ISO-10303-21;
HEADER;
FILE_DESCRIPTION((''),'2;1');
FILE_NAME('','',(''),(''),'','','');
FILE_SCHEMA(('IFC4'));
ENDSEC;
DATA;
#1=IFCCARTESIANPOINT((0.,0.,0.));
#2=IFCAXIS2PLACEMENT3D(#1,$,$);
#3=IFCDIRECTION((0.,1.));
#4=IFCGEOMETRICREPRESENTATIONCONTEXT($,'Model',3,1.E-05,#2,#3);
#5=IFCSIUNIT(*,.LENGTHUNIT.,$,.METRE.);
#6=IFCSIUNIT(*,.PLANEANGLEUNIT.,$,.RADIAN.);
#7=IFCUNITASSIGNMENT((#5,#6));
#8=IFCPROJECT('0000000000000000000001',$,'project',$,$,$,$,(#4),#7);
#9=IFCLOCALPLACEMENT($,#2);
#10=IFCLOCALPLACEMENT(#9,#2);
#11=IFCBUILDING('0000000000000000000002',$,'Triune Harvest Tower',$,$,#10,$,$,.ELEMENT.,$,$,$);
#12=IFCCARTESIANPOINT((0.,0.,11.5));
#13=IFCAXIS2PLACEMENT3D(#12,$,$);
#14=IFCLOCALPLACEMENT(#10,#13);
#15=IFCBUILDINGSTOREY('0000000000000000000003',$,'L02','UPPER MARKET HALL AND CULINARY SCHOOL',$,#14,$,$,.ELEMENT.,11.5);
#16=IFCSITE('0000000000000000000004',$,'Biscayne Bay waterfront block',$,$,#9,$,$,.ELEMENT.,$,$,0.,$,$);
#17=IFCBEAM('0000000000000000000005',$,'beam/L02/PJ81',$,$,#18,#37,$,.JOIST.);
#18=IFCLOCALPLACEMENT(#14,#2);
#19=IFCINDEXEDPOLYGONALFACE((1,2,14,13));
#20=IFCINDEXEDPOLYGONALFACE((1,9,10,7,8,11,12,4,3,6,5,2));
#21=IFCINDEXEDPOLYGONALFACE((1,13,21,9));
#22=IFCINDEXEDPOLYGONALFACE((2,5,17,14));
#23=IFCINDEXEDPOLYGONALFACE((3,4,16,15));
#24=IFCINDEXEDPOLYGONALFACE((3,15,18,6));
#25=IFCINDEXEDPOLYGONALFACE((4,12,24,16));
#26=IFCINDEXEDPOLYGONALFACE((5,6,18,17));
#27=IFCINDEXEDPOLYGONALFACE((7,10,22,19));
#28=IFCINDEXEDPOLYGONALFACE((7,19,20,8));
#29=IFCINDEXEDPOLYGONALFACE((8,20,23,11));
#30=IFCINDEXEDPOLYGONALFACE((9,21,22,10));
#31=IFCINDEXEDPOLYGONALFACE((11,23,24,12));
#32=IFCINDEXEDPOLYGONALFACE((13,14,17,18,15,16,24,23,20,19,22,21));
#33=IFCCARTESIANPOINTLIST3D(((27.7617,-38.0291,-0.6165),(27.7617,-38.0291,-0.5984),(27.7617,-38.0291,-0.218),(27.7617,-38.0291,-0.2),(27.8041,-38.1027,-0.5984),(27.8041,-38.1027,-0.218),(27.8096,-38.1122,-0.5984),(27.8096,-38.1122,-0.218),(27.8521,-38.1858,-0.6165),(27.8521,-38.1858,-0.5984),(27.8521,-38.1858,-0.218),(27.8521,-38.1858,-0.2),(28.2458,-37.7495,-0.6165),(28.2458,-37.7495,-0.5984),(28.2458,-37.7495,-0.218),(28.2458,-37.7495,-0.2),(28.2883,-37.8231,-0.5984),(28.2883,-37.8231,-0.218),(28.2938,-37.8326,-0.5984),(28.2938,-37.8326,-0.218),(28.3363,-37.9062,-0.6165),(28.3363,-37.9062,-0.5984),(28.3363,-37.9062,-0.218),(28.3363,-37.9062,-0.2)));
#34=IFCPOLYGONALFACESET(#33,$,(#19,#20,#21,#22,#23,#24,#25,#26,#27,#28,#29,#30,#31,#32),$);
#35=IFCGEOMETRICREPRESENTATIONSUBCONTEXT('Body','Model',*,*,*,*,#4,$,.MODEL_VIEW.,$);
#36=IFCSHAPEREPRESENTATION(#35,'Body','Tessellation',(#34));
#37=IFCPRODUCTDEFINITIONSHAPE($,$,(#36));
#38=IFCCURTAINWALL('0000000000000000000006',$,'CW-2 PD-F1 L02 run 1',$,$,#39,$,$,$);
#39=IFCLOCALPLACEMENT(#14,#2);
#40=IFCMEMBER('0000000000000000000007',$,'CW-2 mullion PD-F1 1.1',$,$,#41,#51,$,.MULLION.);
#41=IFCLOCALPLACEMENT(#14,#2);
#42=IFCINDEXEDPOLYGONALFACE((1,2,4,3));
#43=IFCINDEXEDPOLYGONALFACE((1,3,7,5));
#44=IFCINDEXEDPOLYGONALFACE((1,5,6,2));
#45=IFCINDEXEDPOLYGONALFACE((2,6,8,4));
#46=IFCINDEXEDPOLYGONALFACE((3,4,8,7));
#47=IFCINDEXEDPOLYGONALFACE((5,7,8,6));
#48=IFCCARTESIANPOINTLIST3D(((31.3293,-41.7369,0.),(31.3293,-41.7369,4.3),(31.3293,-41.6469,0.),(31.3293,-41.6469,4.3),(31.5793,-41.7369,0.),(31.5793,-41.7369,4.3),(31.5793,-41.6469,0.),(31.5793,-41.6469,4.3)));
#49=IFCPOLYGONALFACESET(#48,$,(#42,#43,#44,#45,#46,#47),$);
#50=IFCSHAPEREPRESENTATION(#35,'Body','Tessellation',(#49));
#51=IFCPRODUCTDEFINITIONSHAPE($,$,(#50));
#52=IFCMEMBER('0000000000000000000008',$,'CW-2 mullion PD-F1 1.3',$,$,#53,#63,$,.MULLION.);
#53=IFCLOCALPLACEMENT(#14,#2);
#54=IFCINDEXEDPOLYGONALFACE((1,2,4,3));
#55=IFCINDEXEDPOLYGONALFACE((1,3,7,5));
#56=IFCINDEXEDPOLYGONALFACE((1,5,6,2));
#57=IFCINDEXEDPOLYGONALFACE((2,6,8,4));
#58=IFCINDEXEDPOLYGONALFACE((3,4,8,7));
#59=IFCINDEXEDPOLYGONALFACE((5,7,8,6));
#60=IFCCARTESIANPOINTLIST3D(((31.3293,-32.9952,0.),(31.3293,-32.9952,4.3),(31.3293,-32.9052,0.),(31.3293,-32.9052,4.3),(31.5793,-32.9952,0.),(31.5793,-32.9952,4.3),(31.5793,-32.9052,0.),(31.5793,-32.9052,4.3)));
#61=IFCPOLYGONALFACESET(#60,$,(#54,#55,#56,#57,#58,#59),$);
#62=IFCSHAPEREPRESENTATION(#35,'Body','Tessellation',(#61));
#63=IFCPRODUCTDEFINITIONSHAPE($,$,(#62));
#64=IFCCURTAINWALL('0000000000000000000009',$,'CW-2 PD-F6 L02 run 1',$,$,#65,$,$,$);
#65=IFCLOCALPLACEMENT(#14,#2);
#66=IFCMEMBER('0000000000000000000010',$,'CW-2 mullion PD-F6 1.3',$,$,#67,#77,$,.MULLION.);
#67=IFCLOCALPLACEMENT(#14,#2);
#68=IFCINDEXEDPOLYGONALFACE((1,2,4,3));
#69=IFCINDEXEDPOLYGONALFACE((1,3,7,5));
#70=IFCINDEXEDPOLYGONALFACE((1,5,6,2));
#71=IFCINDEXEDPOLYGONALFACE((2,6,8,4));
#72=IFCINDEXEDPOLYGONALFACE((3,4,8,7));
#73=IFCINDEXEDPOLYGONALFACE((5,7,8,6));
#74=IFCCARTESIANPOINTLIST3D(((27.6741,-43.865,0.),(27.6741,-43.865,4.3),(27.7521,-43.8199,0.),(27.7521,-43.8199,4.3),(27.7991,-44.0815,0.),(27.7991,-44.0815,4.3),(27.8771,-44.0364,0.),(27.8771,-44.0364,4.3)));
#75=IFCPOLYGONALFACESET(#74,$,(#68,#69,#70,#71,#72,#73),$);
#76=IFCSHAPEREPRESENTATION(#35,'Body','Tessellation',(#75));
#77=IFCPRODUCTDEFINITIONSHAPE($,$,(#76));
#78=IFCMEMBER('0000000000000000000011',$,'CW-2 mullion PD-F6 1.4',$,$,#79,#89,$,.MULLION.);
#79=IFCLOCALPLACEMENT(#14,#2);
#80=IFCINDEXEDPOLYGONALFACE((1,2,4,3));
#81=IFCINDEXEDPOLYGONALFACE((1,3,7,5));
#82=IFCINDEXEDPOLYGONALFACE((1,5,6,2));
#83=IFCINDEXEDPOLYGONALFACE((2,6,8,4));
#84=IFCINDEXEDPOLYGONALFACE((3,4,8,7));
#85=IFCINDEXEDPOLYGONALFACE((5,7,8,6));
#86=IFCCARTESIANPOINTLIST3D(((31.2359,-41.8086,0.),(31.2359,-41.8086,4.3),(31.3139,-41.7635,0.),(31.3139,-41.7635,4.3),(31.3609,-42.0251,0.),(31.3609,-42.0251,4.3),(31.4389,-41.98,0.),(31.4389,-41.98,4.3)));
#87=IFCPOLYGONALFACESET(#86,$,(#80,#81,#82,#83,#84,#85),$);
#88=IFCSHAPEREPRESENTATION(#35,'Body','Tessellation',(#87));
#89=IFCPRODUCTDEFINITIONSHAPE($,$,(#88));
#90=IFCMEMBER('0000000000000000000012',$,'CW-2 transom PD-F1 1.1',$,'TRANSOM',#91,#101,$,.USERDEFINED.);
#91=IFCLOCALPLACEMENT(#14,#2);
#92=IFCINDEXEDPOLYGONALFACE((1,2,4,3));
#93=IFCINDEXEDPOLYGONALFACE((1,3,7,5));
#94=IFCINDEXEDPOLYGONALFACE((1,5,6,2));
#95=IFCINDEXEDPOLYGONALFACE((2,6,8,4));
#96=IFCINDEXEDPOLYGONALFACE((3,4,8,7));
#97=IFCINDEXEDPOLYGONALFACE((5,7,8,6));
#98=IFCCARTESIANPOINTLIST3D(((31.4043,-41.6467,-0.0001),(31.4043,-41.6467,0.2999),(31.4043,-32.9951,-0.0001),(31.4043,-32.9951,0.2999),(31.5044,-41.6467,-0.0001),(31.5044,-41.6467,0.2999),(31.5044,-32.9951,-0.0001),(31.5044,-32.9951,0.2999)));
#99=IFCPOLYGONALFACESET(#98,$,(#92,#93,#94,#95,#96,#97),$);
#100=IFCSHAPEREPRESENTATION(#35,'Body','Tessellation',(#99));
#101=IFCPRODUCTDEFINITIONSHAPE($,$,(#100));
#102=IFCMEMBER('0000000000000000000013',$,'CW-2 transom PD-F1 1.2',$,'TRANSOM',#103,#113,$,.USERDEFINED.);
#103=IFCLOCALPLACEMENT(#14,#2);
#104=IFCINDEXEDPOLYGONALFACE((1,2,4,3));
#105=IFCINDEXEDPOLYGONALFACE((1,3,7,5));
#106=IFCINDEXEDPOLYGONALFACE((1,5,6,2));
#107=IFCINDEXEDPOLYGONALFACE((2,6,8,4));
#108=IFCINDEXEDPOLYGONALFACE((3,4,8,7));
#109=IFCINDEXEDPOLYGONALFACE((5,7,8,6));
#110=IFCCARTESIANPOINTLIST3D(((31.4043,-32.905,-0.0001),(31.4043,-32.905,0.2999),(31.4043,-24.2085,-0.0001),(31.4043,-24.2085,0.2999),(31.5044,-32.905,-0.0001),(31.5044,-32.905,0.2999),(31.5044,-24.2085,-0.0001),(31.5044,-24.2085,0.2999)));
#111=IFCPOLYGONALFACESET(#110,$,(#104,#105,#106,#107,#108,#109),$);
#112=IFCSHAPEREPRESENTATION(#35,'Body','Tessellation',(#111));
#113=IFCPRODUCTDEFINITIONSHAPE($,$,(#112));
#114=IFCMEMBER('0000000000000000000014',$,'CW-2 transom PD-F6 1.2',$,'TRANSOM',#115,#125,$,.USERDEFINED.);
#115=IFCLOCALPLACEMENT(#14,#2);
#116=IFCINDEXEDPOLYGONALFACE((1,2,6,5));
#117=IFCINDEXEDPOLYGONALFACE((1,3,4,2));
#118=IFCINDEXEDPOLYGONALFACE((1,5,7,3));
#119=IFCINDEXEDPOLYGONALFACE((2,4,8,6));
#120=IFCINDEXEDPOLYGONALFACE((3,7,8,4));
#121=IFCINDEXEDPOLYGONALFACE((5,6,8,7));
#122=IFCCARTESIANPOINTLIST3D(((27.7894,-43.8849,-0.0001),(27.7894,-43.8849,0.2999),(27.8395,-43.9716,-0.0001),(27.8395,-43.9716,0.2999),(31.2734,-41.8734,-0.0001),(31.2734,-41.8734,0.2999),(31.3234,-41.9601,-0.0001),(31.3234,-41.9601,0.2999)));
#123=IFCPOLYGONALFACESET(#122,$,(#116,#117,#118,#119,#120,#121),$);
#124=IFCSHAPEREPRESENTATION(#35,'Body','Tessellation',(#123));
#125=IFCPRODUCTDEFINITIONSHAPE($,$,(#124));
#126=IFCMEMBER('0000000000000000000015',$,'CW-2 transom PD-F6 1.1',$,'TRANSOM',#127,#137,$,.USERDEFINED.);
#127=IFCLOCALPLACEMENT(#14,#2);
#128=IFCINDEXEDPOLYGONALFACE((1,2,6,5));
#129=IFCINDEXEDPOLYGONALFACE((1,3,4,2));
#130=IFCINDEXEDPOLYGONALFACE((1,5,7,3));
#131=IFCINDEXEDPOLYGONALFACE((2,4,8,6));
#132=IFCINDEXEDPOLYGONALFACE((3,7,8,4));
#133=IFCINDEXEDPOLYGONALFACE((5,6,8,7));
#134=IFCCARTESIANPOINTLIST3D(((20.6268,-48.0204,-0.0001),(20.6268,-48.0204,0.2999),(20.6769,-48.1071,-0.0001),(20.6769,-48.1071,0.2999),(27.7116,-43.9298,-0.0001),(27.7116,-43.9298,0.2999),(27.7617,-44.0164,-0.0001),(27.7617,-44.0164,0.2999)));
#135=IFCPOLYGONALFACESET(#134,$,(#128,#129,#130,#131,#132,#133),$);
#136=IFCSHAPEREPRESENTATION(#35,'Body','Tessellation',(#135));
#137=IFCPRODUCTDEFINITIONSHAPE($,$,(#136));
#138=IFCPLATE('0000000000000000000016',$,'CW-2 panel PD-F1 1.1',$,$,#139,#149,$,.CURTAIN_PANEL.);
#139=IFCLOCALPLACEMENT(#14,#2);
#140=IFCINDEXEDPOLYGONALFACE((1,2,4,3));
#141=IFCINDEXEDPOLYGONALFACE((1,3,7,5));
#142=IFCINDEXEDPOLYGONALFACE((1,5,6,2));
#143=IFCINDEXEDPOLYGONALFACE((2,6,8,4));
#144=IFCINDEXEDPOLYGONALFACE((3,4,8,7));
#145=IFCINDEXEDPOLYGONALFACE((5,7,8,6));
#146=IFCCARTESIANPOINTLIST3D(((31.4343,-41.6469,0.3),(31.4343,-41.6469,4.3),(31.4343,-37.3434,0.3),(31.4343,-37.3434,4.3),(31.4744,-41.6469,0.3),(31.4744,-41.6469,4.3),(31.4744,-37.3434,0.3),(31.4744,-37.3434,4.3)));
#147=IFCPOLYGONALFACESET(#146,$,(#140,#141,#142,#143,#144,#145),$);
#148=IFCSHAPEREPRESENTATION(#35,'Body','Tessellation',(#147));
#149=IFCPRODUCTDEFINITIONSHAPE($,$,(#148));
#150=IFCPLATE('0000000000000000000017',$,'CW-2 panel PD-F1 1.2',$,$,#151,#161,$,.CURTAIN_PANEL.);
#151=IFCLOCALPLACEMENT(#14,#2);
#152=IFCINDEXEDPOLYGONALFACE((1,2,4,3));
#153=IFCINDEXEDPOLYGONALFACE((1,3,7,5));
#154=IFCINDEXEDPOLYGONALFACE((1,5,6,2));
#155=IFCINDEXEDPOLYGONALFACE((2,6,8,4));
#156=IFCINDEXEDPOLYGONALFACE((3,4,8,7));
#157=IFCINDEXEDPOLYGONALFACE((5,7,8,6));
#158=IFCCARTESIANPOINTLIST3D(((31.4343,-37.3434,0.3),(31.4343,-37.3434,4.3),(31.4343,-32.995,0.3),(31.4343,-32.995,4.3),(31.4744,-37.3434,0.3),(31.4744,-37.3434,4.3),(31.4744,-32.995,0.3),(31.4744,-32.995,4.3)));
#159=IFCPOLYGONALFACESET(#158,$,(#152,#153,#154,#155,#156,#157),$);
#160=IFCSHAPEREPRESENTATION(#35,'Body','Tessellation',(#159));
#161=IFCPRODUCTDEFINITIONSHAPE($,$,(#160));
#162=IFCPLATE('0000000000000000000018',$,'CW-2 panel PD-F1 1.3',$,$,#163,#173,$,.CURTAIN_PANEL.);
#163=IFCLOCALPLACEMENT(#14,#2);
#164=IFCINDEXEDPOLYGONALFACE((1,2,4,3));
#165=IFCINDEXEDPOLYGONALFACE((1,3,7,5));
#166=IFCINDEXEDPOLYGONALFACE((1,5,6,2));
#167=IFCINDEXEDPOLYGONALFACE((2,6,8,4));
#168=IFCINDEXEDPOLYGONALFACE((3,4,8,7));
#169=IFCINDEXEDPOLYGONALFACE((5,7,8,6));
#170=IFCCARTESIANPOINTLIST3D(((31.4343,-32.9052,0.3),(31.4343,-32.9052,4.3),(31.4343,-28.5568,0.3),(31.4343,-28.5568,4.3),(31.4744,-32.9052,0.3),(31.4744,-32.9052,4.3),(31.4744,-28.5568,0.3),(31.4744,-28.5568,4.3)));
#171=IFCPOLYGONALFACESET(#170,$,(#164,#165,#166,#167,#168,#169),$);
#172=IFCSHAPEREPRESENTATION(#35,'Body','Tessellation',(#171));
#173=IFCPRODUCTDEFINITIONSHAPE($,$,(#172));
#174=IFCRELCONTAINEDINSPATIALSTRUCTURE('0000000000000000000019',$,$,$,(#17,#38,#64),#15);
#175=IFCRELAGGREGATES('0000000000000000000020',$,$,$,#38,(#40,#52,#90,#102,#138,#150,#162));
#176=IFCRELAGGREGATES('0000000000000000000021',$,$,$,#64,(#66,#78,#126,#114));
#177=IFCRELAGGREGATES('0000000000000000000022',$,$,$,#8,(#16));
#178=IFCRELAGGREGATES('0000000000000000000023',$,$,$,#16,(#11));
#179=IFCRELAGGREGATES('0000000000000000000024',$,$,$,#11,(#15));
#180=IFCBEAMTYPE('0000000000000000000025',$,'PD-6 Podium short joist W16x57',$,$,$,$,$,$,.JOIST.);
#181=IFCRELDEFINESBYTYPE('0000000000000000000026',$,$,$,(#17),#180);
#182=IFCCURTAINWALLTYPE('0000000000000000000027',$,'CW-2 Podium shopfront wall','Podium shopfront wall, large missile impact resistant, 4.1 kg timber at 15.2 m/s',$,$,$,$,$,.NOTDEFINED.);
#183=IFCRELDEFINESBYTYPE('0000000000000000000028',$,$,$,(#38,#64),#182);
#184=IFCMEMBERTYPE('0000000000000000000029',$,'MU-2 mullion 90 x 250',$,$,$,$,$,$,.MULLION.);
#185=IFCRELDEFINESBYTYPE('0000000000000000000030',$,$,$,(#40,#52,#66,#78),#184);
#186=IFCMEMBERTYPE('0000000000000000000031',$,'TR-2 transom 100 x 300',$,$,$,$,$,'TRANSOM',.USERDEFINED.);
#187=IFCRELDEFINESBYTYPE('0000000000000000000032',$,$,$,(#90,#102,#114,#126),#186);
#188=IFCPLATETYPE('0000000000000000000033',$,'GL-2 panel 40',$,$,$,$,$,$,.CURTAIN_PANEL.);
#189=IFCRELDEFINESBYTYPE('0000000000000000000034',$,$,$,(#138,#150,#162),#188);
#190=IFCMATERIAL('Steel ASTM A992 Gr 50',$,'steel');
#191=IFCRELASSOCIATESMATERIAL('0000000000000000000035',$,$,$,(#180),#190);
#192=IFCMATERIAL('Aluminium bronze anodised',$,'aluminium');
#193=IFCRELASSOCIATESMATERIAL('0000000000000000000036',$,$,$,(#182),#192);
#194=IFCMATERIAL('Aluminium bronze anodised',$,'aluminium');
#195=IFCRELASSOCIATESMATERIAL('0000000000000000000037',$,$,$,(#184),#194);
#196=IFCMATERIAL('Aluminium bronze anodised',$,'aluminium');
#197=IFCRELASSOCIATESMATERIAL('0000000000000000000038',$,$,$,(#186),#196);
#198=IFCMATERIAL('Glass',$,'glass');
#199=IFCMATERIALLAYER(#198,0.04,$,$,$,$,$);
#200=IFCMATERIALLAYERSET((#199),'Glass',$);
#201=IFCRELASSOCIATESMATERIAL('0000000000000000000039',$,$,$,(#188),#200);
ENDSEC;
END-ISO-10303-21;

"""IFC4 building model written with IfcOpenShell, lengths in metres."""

from ifc_helpers import new_model, si_unit, direction, frame, origin, origin_2d, place, context, subcontext, project, spatial, rectangle, i_section, extrude, source, transform, mapped, material, layer, layer_set, material_profile, profile_set, type_object, element, aggregate, save


model = new_model("IFC4")

# Units and contexts
model_context = context("Model", 3, precision=1e-05, world=origin(), true_north=direction((0.0, 1.0)))
body_context = subcontext(model_context, "Body", "Model", "MODEL_VIEW")
ifc_project = project(units=[si_unit("LENGTHUNIT", "METRE"), si_unit("PLANEANGLEUNIT", "RADIAN")], contexts=[model_context])

# Site, building, storey
site_placement = place(None, origin())
site = spatial("IfcSite", under=ifc_project, at=site_placement, Name="Biscayne Bay waterfront block", CompositionType="ELEMENT", RefElevation=0.0)
building_placement = place(site_placement, origin())
building = spatial("IfcBuilding", under=site, at=building_placement, Name="Triune Harvest Tower", CompositionType="ELEMENT")
storey_placement = place(building_placement, frame((0.0, 0.0, 11.5)))
storey = spatial("IfcBuildingStorey", under=building, at=storey_placement, Name="L02", Description="UPPER MARKET HALL AND CULINARY SCHOOL", CompositionType="ELEMENT", Elevation=11.5)

# Beam
ifc_material_1 = material(Name="Steel ASTM A992 Gr 50", Category="steel")
ifc_material_profile_1 = material_profile(ifc_material_1, i_section(OverallWidth=0.1809, OverallDepth=0.4165, WebThickness=0.011, FlangeThickness=0.0181, at=origin_2d()), Name="W16x57")
ifc_profile_set_1 = profile_set([ifc_material_profile_1], Name="Steel ASTM A992 Gr 50")
beam_type_1 = type_object("IfcBeamType", Name="PD-6 Podium short joist W16x57", PredefinedType="JOIST", material=ifc_profile_set_1)
shared_shape_1 = source(origin(), body_context, "Body", "SweptSolid", [
    extrude(i_section(OverallWidth=0.1809, OverallDepth=0.4165, WebThickness=0.011, FlangeThickness=0.0181, at=origin_2d()), origin(), (0.0, 0.0, 1.0), 0.5591),
])
beam_1_placement = place(storey_placement, frame((27.8069, -38.1074, -0.4082), z_axis=(0.866004, 0.500037, 0.0), x_axis=(-0.500037, 0.866004, 0.0)))
element("IfcBeam", 1, at=beam_1_placement, inside=storey, type_object=beam_type_1, Name="beam/L02/PJ81", PredefinedType="JOIST", context=body_context, shape_type="MappedRepresentation", body=[
    mapped(shared_shape_1, transform((0.0, 0.0, 0.0), scale=1.0)),
])

# Curtain walls, members
ifc_material_2 = material(Name="Aluminium bronze anodised", Category="aluminium")
curtain_wall_type = type_object("IfcCurtainWallType", Name="CW-2 Podium shopfront wall", Description="Podium shopfront wall, large missile impact resistant, 4.1 kg timber at 15.2 m/s", PredefinedType="NOTDEFINED", material=ifc_material_2)
curtain_wall_1_placement = place(storey_placement, origin())
curtain_wall_1 = element("IfcCurtainWall", 2, at=curtain_wall_1_placement, inside=storey, type_object=curtain_wall_type, Name="CW-2 PD-F1 L02 run 1")
ifc_material_3 = material(Name="Aluminium bronze anodised", Category="aluminium")
ifc_material_profile_2 = material_profile(ifc_material_3, rectangle(XDim=0.25, YDim=0.0901, at=origin_2d()), Name="MU-2 mullion 90 x 250")
ifc_profile_set_2 = profile_set([ifc_material_profile_2], Name="Aluminium bronze anodised")
member_type_1 = type_object("IfcMemberType", Name="MU-2 mullion 90 x 250", PredefinedType="MULLION", material=ifc_profile_set_2)
shared_shape_2 = source(origin(), body_context, "Body", "SweptSolid", [
    extrude(rectangle(XDim=0.25, YDim=0.0901, at=origin_2d()), origin(), (0.0, 0.0, 1.0), 4.3),
])
member_1_placement = place(storey_placement, frame((31.4543, -41.6919, 0.0), z_axis=(0.0, 0.0, 1.0), x_axis=(-1.0, 0.0, 0.0)))
member_1 = element("IfcMember", 3, at=member_1_placement, type_object=member_type_1, Name="CW-2 mullion PD-F1 1.1", PredefinedType="MULLION", context=body_context, shape_type="MappedRepresentation", body=[
    mapped(shared_shape_2, transform((0.0, 0.0, 0.0), scale=1.0)),
])
member_2_placement = place(storey_placement, frame((31.4543, -32.9502, 0.0), z_axis=(0.0, 0.0, 1.0), x_axis=(-1.0, 0.0, 0.0)))
member_2 = element("IfcMember", 4, at=member_2_placement, type_object=member_type_1, Name="CW-2 mullion PD-F1 1.3", PredefinedType="MULLION", context=body_context, shape_type="MappedRepresentation", body=[
    mapped(shared_shape_2, transform((0.0, 0.0, 0.0), scale=1.0)),
])
curtain_wall_2_placement = place(storey_placement, origin())
curtain_wall_2 = element("IfcCurtainWall", 5, at=curtain_wall_2_placement, inside=storey, type_object=curtain_wall_type, Name="CW-2 PD-F6 L02 run 1")
member_3_placement = place(storey_placement, frame((27.7756, -43.9507, 0.0), z_axis=(0.0, 0.0, 1.0), x_axis=(-0.499998, 0.866027, 0.0)))
member_3 = element("IfcMember", 6, at=member_3_placement, type_object=member_type_1, Name="CW-2 mullion PD-F6 1.3", PredefinedType="MULLION", context=body_context, shape_type="MappedRepresentation", body=[
    mapped(shared_shape_2, transform((0.0, 0.0, 0.0), scale=1.0)),
])
member_4_placement = place(storey_placement, frame((31.3374, -41.8943, 0.0), z_axis=(0.0, 0.0, 1.0), x_axis=(-0.499998, 0.866027, 0.0)))
member_4 = element("IfcMember", 7, at=member_4_placement, type_object=member_type_1, Name="CW-2 mullion PD-F6 1.4", PredefinedType="MULLION", context=body_context, shape_type="MappedRepresentation", body=[
    mapped(shared_shape_2, transform((0.0, 0.0, 0.0), scale=1.0)),
])

# Members
ifc_material_4 = material(Name="Aluminium bronze anodised", Category="aluminium")
ifc_material_profile_3 = material_profile(ifc_material_4, rectangle(XDim=0.1001, YDim=0.3, at=origin_2d()), Name="TR-2 transom 100 x 300")
ifc_profile_set_3 = profile_set([ifc_material_profile_3], Name="Aluminium bronze anodised")
member_type_2 = type_object("IfcMemberType", Name="TR-2 transom 100 x 300", ElementType="TRANSOM", PredefinedType="USERDEFINED", material=ifc_profile_set_3)
shared_shape_3 = source(origin(), body_context, "Body", "SweptSolid", [
    extrude(rectangle(XDim=0.1001, YDim=0.3, at=origin_2d()), origin(), (0.0, 0.0, 1.0), 8.6516),
])
member_5_placement = place(storey_placement, frame((31.4543, -41.6467, 0.1499), z_axis=(0.0, 1.0, 0.0), x_axis=(-1.0, 0.0, 0.0)))
member_5 = element("IfcMember", 8, at=member_5_placement, type_object=member_type_2, Name="CW-2 transom PD-F1 1.1", ObjectType="TRANSOM", PredefinedType="USERDEFINED", context=body_context, shape_type="MappedRepresentation", body=[
    mapped(shared_shape_3, transform((0.0, 0.0, 0.0), scale=1.0)),
])
shared_shape_4 = source(origin(), body_context, "Body", "SweptSolid", [
    extrude(rectangle(XDim=0.1001, YDim=0.3, at=origin_2d()), origin(), (0.0, 0.0, 1.0), 8.6965),
])
member_6_placement = place(storey_placement, frame((31.4543, -32.905, 0.1499), z_axis=(0.0, 1.0, 0.0), x_axis=(-1.0, 0.0, 0.0)))
member_6 = element("IfcMember", 9, at=member_6_placement, type_object=member_type_2, Name="CW-2 transom PD-F1 1.2", ObjectType="TRANSOM", PredefinedType="USERDEFINED", context=body_context, shape_type="MappedRepresentation", body=[
    mapped(shared_shape_4, transform((0.0, 0.0, 0.0), scale=1.0)),
])
shared_shape_5 = source(origin(), body_context, "Body", "SweptSolid", [
    extrude(rectangle(XDim=0.1001, YDim=0.3, at=origin_2d()), origin(), (0.0, 0.0, 1.0), 4.0229),
])
member_7_placement = place(storey_placement, frame((27.8145, -43.9282, 0.1499), z_axis=(0.86602, 0.50001, 0.0), x_axis=(-0.50001, 0.86602, 0.0)))
member_7 = element("IfcMember", 10, at=member_7_placement, type_object=member_type_2, Name="CW-2 transom PD-F6 1.2", ObjectType="TRANSOM", PredefinedType="USERDEFINED", context=body_context, shape_type="MappedRepresentation", body=[
    mapped(shared_shape_5, transform((0.0, 0.0, 0.0), scale=1.0)),
])
shared_shape_6 = source(origin(), body_context, "Body", "SweptSolid", [
    extrude(rectangle(XDim=0.1001, YDim=0.3, at=origin_2d()), origin(), (0.0, 0.0, 1.0), 8.1809),
])
member_8_placement = place(storey_placement, frame((20.6519, -48.0637, 0.1499), z_axis=(0.866014, 0.50002, 0.0), x_axis=(-0.50002, 0.866014, 0.0)))
member_8 = element("IfcMember", 11, at=member_8_placement, type_object=member_type_2, Name="CW-2 transom PD-F6 1.1", ObjectType="TRANSOM", PredefinedType="USERDEFINED", context=body_context, shape_type="MappedRepresentation", body=[
    mapped(shared_shape_6, transform((0.0, 0.0, 0.0), scale=1.0)),
])

# Plates
ifc_material_5 = material(Name="Glass", Category="glass")
ifc_layer_1 = layer(ifc_material_5, 0.04)
ifc_layer_set_1 = layer_set([ifc_layer_1], Name="Glass")
plate_type = type_object("IfcPlateType", Name="GL-2 panel 40", PredefinedType="CURTAIN_PANEL", material=ifc_layer_set_1)
shared_shape_7 = source(origin(), body_context, "Body", "SweptSolid", [
    extrude(rectangle(XDim=4.3035, YDim=0.04, at=origin_2d()), origin(), (0.0, 0.0, 1.0), 4.0),
])
plate_1_placement = place(storey_placement, frame((31.4543, -39.4951, 0.3), z_axis=(0.0, 0.0, 1.0), x_axis=(0.0, 1.0, 0.0)))
plate_1 = element("IfcPlate", 12, at=plate_1_placement, type_object=plate_type, Name="CW-2 panel PD-F1 1.1", PredefinedType="CURTAIN_PANEL", context=body_context, shape_type="MappedRepresentation", body=[
    mapped(shared_shape_7, transform((0.0, 0.0, 0.0), scale=1.0)),
])
shared_shape_8 = source(origin(), body_context, "Body", "SweptSolid", [
    extrude(rectangle(XDim=4.3484, YDim=0.04, at=origin_2d()), origin(), (0.0, 0.0, 1.0), 4.0),
])
plate_2_placement = place(storey_placement, frame((31.4543, -35.1692, 0.3), z_axis=(0.0, 0.0, 1.0), x_axis=(0.0, 1.0, 0.0)))
plate_2 = element("IfcPlate", 13, at=plate_2_placement, type_object=plate_type, Name="CW-2 panel PD-F1 1.2", PredefinedType="CURTAIN_PANEL", context=body_context, shape_type="MappedRepresentation", body=[
    mapped(shared_shape_8, transform((0.0, 0.0, 0.0), scale=1.0)),
])
plate_3_placement = place(storey_placement, frame((31.4543, -30.731, 0.3), z_axis=(0.0, 0.0, 1.0), x_axis=(0.0, 1.0, 0.0)))
plate_3 = element("IfcPlate", 14, at=plate_3_placement, type_object=plate_type, Name="CW-2 panel PD-F1 1.3", PredefinedType="CURTAIN_PANEL", context=body_context, shape_type="MappedRepresentation", body=[
    mapped(shared_shape_8, transform((0.0, 0.0, 0.0), scale=1.0)),
])
aggregate(curtain_wall_1, [member_1, member_2, member_5, member_6, plate_1, plate_2, plate_3])
aggregate(curtain_wall_2, [member_3, member_4, member_8, member_7])

save(model, "model.ifc")
